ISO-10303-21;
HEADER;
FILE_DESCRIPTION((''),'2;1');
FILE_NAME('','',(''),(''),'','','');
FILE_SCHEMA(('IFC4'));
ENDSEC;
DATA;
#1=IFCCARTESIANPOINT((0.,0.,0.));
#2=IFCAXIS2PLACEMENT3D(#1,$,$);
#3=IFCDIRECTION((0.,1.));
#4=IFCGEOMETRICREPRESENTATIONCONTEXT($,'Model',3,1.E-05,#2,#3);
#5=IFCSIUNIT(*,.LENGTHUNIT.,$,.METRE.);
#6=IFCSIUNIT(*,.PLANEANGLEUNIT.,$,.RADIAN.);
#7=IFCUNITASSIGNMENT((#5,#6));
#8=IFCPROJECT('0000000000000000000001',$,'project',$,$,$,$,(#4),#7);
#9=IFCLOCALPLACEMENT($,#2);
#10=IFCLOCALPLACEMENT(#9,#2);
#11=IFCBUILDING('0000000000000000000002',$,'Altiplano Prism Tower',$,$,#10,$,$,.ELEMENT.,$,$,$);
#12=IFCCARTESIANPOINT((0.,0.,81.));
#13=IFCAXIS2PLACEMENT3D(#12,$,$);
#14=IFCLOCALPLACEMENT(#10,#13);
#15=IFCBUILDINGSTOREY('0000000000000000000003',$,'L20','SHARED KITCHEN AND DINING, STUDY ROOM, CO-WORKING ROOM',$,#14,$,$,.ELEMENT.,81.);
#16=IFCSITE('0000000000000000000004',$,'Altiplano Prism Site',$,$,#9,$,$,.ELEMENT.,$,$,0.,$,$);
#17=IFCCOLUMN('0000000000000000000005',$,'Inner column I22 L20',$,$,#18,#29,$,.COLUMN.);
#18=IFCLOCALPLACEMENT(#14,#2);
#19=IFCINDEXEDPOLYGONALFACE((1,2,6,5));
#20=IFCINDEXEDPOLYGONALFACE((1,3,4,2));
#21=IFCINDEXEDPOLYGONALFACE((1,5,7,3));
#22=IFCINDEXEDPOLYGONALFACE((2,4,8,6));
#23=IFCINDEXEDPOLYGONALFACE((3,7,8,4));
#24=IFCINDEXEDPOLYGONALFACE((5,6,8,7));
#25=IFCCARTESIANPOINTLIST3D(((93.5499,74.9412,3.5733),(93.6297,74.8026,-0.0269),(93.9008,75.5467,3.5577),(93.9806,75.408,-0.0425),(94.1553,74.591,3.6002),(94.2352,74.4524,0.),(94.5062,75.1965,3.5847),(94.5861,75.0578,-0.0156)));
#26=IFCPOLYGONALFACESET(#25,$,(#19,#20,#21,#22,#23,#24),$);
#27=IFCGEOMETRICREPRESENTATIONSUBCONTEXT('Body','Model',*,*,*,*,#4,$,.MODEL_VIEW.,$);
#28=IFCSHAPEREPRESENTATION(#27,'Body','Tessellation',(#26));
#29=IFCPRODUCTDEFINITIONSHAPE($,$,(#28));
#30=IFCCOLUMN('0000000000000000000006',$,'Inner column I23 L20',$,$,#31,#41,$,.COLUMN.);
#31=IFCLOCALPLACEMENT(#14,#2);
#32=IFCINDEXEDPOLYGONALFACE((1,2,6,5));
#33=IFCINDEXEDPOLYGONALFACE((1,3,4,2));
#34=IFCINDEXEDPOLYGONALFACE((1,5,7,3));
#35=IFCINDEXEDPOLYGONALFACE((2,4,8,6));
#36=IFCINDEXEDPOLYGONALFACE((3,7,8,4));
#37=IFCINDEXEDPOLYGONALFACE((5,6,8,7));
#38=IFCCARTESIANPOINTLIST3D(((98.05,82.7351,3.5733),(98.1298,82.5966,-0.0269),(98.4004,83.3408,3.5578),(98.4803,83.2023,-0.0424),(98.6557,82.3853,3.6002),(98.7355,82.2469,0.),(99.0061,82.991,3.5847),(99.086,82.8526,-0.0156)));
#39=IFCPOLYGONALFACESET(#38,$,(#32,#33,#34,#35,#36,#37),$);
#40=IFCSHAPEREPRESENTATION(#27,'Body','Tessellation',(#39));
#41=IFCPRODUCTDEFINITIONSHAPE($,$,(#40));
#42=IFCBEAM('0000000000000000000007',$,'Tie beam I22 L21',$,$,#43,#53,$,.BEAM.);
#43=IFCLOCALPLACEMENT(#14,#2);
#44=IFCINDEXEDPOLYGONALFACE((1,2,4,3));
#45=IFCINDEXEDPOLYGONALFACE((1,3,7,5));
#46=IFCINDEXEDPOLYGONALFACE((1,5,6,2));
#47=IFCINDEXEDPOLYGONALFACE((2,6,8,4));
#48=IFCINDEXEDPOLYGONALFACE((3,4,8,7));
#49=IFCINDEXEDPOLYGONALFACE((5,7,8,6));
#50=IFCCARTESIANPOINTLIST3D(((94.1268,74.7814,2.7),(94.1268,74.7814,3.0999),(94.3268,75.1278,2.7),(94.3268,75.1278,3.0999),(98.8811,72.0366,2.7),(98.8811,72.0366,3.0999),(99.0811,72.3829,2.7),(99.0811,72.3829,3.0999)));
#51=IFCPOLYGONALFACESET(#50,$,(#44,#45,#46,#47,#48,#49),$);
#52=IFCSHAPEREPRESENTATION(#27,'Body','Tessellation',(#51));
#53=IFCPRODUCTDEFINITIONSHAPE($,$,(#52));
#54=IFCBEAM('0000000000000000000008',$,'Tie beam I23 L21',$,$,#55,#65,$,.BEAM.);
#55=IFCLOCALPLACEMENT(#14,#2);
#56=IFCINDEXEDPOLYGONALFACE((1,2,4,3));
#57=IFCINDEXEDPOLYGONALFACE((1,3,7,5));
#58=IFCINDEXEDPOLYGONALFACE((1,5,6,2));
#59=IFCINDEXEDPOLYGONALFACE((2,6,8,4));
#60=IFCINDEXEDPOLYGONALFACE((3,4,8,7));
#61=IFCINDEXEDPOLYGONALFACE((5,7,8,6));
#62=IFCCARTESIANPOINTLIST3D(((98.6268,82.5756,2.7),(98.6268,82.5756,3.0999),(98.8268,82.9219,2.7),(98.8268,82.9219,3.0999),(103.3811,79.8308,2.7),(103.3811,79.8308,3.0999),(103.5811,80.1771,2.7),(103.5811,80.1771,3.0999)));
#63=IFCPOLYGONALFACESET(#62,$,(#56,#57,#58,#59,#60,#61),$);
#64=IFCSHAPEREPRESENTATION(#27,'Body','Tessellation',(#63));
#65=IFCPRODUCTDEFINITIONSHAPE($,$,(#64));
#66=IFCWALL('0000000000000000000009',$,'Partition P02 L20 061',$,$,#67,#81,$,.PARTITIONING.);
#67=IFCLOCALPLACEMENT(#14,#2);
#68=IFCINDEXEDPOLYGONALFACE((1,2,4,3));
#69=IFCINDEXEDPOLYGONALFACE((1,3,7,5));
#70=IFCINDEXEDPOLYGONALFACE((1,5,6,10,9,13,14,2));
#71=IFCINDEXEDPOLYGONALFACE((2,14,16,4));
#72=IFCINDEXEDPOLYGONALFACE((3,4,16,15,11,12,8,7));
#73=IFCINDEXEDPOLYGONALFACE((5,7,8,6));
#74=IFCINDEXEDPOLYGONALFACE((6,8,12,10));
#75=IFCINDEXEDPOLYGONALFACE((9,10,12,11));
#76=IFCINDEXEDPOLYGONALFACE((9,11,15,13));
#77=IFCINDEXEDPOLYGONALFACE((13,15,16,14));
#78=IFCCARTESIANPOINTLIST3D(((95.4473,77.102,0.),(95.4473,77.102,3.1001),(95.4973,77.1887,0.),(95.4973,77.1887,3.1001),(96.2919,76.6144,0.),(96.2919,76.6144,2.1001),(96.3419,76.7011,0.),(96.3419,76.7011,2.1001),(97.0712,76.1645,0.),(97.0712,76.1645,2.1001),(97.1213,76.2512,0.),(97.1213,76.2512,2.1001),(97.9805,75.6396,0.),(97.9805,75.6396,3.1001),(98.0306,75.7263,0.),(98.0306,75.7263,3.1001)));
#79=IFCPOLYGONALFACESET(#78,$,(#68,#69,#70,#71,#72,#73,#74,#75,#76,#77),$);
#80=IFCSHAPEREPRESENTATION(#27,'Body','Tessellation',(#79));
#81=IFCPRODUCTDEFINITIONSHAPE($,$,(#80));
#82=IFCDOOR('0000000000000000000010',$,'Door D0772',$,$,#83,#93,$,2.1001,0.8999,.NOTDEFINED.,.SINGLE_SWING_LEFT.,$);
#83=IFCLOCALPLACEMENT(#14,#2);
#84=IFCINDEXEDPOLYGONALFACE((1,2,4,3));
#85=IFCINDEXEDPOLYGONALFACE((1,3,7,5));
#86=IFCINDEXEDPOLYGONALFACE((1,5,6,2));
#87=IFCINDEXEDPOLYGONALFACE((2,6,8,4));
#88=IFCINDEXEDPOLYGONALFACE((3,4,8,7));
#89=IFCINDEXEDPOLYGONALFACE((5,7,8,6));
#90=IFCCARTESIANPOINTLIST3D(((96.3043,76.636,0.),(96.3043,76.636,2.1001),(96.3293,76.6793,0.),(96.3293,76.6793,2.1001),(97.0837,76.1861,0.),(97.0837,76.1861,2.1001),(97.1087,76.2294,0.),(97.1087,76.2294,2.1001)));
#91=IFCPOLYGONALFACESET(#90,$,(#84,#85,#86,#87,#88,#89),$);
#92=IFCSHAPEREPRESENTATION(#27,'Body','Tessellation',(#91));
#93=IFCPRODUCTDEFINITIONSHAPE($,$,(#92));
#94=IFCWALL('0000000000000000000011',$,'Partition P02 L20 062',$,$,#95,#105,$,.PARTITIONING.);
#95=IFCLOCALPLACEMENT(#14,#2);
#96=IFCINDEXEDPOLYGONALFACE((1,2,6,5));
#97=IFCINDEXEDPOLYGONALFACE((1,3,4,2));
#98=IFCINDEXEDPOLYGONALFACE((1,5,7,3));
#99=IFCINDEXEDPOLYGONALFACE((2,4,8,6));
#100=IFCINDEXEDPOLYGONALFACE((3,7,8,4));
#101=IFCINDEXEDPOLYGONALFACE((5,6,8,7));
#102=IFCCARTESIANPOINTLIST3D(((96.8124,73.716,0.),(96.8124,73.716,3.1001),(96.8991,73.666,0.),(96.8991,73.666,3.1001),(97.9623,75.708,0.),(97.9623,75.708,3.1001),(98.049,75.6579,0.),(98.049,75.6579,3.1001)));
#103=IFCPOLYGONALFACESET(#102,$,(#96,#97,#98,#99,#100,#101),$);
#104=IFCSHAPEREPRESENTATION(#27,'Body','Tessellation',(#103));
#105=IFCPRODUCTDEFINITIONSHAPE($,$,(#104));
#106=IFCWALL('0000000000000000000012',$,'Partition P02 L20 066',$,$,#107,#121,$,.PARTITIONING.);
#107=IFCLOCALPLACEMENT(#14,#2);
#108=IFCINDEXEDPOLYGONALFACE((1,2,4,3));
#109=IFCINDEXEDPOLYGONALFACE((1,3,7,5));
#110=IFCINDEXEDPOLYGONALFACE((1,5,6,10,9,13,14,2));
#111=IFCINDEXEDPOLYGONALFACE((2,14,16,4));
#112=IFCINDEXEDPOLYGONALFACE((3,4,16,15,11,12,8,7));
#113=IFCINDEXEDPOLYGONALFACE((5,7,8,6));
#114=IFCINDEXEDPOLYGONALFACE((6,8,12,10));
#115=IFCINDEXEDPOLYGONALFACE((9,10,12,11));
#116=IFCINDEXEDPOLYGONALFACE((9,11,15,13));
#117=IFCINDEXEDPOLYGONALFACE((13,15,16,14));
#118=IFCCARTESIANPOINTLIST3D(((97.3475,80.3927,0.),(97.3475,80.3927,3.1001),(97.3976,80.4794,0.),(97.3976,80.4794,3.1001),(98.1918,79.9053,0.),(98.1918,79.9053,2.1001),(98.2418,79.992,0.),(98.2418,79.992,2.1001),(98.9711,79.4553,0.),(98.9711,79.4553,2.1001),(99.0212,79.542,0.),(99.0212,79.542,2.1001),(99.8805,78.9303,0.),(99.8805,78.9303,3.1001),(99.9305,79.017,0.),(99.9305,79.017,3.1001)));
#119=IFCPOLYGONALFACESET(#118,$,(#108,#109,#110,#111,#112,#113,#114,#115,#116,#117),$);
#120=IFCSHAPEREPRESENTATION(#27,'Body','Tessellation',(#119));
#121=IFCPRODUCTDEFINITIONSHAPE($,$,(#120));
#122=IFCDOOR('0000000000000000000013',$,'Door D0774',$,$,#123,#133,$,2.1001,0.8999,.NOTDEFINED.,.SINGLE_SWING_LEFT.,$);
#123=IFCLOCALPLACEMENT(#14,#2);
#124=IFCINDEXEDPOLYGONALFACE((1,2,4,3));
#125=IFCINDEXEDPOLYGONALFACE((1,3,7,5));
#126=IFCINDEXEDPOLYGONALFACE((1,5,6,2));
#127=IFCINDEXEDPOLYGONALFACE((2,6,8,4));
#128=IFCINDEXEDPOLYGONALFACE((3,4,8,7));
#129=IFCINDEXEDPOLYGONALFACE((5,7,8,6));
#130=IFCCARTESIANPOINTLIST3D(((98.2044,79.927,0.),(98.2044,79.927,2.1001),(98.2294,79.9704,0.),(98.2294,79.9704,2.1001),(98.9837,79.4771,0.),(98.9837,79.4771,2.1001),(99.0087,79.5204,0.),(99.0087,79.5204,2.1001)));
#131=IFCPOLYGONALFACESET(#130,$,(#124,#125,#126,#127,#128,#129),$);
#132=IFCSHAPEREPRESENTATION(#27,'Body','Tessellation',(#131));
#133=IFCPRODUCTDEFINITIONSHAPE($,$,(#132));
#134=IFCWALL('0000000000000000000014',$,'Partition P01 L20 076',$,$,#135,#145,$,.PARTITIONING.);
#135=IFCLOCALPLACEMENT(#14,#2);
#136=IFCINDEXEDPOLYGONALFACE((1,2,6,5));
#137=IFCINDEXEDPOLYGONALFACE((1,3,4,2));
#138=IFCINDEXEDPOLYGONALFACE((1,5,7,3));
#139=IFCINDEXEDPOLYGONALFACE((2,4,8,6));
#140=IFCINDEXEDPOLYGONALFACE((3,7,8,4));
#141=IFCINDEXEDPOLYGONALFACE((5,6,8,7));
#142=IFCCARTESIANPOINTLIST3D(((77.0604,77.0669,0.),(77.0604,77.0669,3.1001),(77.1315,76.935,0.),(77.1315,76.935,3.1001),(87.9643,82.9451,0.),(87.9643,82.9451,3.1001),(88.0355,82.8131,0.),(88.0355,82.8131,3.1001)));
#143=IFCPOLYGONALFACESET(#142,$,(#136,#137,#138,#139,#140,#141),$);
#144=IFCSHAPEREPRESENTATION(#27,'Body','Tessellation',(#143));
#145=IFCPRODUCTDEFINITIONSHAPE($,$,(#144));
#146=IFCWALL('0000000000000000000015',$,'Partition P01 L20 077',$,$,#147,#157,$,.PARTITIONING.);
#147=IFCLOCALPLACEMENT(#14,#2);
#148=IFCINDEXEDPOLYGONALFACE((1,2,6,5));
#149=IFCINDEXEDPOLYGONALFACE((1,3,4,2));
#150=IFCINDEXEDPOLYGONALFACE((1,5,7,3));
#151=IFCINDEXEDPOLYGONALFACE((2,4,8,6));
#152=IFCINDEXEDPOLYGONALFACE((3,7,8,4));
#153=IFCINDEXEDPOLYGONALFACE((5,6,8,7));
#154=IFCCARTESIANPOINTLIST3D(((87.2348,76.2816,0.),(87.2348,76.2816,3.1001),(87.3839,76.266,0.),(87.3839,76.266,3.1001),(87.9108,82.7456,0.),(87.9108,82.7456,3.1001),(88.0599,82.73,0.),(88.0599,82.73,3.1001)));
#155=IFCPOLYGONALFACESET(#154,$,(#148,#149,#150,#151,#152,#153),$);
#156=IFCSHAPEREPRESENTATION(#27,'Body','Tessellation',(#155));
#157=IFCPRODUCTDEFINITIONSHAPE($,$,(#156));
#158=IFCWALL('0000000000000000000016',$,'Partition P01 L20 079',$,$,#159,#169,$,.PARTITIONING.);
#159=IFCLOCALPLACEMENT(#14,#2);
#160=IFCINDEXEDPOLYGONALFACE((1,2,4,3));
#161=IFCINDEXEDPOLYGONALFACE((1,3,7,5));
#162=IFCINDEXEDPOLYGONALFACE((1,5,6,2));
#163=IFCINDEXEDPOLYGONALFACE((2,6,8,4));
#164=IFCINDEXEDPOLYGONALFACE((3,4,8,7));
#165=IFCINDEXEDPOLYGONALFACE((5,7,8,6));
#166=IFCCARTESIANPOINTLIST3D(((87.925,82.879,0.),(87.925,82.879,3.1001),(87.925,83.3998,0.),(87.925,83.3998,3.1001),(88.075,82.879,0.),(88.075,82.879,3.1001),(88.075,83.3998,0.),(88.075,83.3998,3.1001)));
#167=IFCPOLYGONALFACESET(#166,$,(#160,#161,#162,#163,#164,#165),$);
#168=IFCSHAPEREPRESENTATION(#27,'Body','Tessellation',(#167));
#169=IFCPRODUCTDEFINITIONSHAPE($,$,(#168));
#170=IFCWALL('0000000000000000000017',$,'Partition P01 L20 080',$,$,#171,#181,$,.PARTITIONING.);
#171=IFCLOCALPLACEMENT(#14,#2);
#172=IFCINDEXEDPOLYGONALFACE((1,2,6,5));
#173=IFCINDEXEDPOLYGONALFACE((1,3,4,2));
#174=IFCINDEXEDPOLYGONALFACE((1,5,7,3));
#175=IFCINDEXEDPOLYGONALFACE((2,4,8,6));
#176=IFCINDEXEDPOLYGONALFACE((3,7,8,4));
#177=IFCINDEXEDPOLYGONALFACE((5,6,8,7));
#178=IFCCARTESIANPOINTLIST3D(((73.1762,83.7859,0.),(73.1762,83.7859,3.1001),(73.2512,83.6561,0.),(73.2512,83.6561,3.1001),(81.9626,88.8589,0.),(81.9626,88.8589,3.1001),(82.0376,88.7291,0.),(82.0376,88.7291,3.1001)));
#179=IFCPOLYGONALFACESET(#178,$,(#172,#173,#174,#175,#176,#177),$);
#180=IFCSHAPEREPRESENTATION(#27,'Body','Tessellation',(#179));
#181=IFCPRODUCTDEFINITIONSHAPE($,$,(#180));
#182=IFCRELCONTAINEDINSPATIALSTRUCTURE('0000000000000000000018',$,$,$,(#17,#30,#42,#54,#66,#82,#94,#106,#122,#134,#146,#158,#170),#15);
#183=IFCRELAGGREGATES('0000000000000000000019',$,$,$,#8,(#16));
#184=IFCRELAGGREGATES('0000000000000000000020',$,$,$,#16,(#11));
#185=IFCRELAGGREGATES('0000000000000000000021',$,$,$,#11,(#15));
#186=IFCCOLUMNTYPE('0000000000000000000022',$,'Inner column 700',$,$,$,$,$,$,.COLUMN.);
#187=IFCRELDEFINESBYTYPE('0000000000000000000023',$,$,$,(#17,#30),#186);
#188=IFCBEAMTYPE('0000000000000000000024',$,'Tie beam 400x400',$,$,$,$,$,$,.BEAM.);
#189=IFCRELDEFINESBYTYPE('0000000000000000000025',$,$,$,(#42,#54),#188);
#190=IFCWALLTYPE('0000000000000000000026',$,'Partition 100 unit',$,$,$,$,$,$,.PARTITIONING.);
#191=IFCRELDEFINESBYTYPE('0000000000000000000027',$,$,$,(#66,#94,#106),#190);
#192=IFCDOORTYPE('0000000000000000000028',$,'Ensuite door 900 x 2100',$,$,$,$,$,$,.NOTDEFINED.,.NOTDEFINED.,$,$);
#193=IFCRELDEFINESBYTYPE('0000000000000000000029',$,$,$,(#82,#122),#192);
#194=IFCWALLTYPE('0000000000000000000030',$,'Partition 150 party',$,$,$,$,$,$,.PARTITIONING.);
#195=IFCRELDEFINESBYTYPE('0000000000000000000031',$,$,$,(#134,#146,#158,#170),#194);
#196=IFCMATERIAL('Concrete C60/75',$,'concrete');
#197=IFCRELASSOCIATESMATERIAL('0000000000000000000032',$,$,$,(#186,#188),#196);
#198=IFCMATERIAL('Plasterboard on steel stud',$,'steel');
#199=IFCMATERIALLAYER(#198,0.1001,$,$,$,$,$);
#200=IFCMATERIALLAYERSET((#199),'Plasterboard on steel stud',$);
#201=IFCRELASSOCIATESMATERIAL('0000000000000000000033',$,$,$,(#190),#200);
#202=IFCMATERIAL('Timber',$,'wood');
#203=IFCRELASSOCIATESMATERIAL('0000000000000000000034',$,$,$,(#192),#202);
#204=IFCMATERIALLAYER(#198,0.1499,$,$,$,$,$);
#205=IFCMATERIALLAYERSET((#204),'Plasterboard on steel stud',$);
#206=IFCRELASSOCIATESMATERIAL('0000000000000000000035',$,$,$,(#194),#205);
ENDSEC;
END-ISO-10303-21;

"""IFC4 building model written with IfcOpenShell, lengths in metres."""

from ifc_helpers import new_model, si_unit, direction, frame, frame_2d, origin, origin_2d, place, context, subcontext, project, spatial, rectangle, extrude, material, layer, layer_set, material_profile, profile_set, type_object, element, fill, save


model = new_model("IFC4")

# Units and contexts
model_context = context("Model", 3, precision=1e-05, world=origin(), true_north=direction((0.0, 1.0)))
body_context = subcontext(model_context, "Body", "Model", "MODEL_VIEW")
ifc_project = project(units=[si_unit("LENGTHUNIT", "METRE"), si_unit("PLANEANGLEUNIT", "RADIAN")], contexts=[model_context])

# Site, building, storey
site_placement = place(None, origin())
site = spatial("IfcSite", under=ifc_project, at=site_placement, Name="Altiplano Prism Site", CompositionType="ELEMENT", RefElevation=0.0)
building_placement = place(site_placement, origin())
building = spatial("IfcBuilding", under=site, at=building_placement, Name="Altiplano Prism Tower", CompositionType="ELEMENT")
storey_placement = place(building_placement, frame((0.0, 0.0, 81.0)))
storey = spatial("IfcBuildingStorey", under=building, at=storey_placement, Name="L20", Description="SHARED KITCHEN AND DINING, STUDY ROOM, CO-WORKING ROOM", CompositionType="ELEMENT", Elevation=81.0)

# Columns
ifc_material_1 = material(Name="Concrete C60/75", Category="concrete")
ifc_material_profile_1 = material_profile(ifc_material_1, rectangle(XDim=0.7, YDim=0.7, at=origin_2d()), Name="Inner column 700")
ifc_profile_set_1 = profile_set([ifc_material_profile_1], Name="Concrete C60/75")
column_type = type_object("IfcColumnType", Name="Inner column 700", PredefinedType="COLUMN", material=ifc_profile_set_1)
for number, where, z_axis, x_axis, name in (
    (1, (94.1079, 74.9302, -0.0212), (-0.022154, 0.038481, 0.999014), (-0.501313, -0.864981, 0.022201), "Inner column I22 L20"),
    (2, (98.6079, 82.7246, -0.0212), (-0.022154, 0.038413, 0.999016), (-0.500657, -0.865362, 0.022172), "Inner column I23 L20"),
):
    element("IfcColumn", number, at=place(storey_placement, frame(where, z_axis=z_axis, x_axis=x_axis)), inside=storey, type_object=column_type, Name=name, PredefinedType="COLUMN", context=body_context, shape_type="SweptSolid", body=[
        extrude(rectangle(XDim=0.7, YDim=0.7, at=origin_2d()), origin(), (0.0, 0.0, 1.0), 3.6038),
    ])

# Beams
ifc_material_profile_2 = material_profile(ifc_material_1, rectangle(XDim=0.3999, YDim=0.3999, at=origin_2d()), Name="Tie beam 400x400")
ifc_profile_set_2 = profile_set([ifc_material_profile_2], Name="Concrete C60/75")
beam_type = type_object("IfcBeamType", Name="Tie beam 400x400", PredefinedType="BEAM", material=ifc_profile_set_2)
for number, where, z_axis, x_axis, name in (
    (3, (94.2268, 74.9546, 2.8999), (0.866032, -0.499989, 0.0), (0.499989, 0.866032, 0.0), "Tie beam I22 L21"),
    (4, (98.7268, 82.7488, 2.8999), (0.866032, -0.499989, 0.0), (0.499989, 0.866032, 0.0), "Tie beam I23 L21"),
):
    element("IfcBeam", number, at=place(storey_placement, frame(where, z_axis=z_axis, x_axis=x_axis)), inside=storey, type_object=beam_type, Name=name, PredefinedType="BEAM", context=body_context, shape_type="SweptSolid", body=[
        extrude(rectangle(XDim=0.3999, YDim=0.3999, at=origin_2d()), origin(), (0.0, 0.0, 1.0), 5.4897),
    ])

# Wall, opening, door
ifc_material_2 = material(Name="Plasterboard on steel stud", Category="steel")
ifc_layer_1 = layer(ifc_material_2, 0.1001)
ifc_layer_set_1 = layer_set([ifc_layer_1], Name="Plasterboard on steel stud")
wall_type_1 = type_object("IfcWallType", Name="Partition 100 unit", PredefinedType="PARTITIONING", material=ifc_layer_set_1)
wall_1_placement = place(storey_placement, frame((95.4724, 77.1453, 0.0), z_axis=(0.0, 0.0, 1.0), x_axis=(0.866047, -0.499963, 0.0)))
wall_1 = element("IfcWall", 5, at=wall_1_placement, inside=storey, type_object=wall_type_1, Name="Partition P02 L20 061", PredefinedType="PARTITIONING", context=body_context, shape_type="SweptSolid", body=[
    extrude(rectangle(XDim=2.925, YDim=0.1001, at=frame_2d((1.4624, 0.0))), origin(), (0.0, 0.0, 1.0), 3.1001),
])
opening_1_placement = place(wall_1_placement, frame((0.9751, 0.0, 0.0)))
opening_1 = element("IfcOpeningElement", 6, at=opening_1_placement, cuts=wall_1, PredefinedType="OPENING", context=body_context, shape_type="SweptSolid", body=[
    extrude(rectangle(XDim=0.8999, YDim=2.1001, at=frame_2d((0.45, 1.05))), frame((0.0, 0.0605, 0.0), z_axis=(0.0, -1.0, 0.0), x_axis=(1.0, 0.0, 0.0)), (0.0, 0.0, 1.0), 0.1211),
])
ifc_material_3 = material(Name="Timber", Category="wood")
door_type = type_object("IfcDoorType", Name="Ensuite door 900 x 2100", OperationType="NOTDEFINED", PredefinedType="NOTDEFINED", material=ifc_material_3)
door_1_placement = place(opening_1_placement, origin())
door_1 = element("IfcDoor", 7, at=door_1_placement, inside=storey, type_object=door_type, Name="Door D0772", OperationType="SINGLE_SWING_LEFT", OverallHeight=2.1001, OverallWidth=0.8999, PredefinedType="NOTDEFINED", context=body_context, shape_type="SweptSolid", body=[
    extrude(rectangle(XDim=0.8999, YDim=2.1001, at=frame_2d((0.45, 1.05))), frame((0.0, 0.0249, 0.0), z_axis=(0.0, -1.0, 0.0), x_axis=(1.0, 0.0, 0.0)), (0.0, 0.0, 1.0), 0.05),
])
fill(opening_1, door_1)

# Wall
wall_2_placement = place(storey_placement, frame((98.0056, 75.6829, 0.0), z_axis=(0.0, 0.0, 1.0), x_axis=(-0.499952, -0.866053, 0.0)))
element("IfcWall", 8, at=wall_2_placement, inside=storey, type_object=wall_type_1, Name="Partition P02 L20 062", PredefinedType="PARTITIONING", context=body_context, shape_type="SweptSolid", body=[
    extrude(rectangle(XDim=2.3, YDim=0.1001, at=frame_2d((1.1499, 0.0))), origin(), (0.0, 0.0, 1.0), 3.1001),
])

# Wall, opening, door
wall_3_placement = place(storey_placement, frame((99.9055, 78.9736, 0.0), z_axis=(0.0, 0.0, 1.0), x_axis=(-0.866026, 0.499999, 0.0)))
wall_3 = element("IfcWall", 9, at=wall_3_placement, inside=storey, type_object=wall_type_1, Name="Partition P02 L20 066", PredefinedType="PARTITIONING", context=body_context, shape_type="SweptSolid", body=[
    extrude(rectangle(XDim=2.9248, YDim=0.1001, at=frame_2d((1.4624, 0.0))), origin(), (0.0, 0.0, 1.0), 3.1001),
])
opening_2_placement = place(wall_3_placement, frame((1.05, 0.0, 0.0)))
opening_2 = element("IfcOpeningElement", 10, at=opening_2_placement, cuts=wall_3, PredefinedType="OPENING", context=body_context, shape_type="SweptSolid", body=[
    extrude(rectangle(XDim=0.8999, YDim=2.1001, at=frame_2d((0.45, 1.05))), frame((0.0, 0.0605, 0.0), z_axis=(0.0, -1.0, 0.0), x_axis=(1.0, 0.0, 0.0)), (0.0, 0.0, 1.0), 0.1211),
])
door_2_placement = place(opening_2_placement, origin())
door_2 = element("IfcDoor", 11, at=door_2_placement, inside=storey, type_object=door_type, Name="Door D0774", OperationType="SINGLE_SWING_LEFT", OverallHeight=2.1001, OverallWidth=0.8999, PredefinedType="NOTDEFINED", context=body_context, shape_type="SweptSolid", body=[
    extrude(rectangle(XDim=0.8999, YDim=2.1001, at=frame_2d((0.45, 1.05))), frame((0.0, 0.0249, 0.0), z_axis=(0.0, -1.0, 0.0), x_axis=(1.0, 0.0, 0.0)), (0.0, 0.0, 1.0), 0.05),
])
fill(opening_2, door_2)

# Walls
ifc_layer_2 = layer(ifc_material_2, 0.1499)
ifc_layer_set_2 = layer_set([ifc_layer_2], Name="Plasterboard on steel stud")
wall_type_2 = type_object("IfcWallType", Name="Partition 150 party", PredefinedType="PARTITIONING", material=ifc_layer_set_2)
wall_4_placement = place(storey_placement, frame((88.0, 82.8792, 0.0), z_axis=(0.0, 0.0, 1.0), x_axis=(-0.880243, -0.474523, 0.0)))
element("IfcWall", 12, at=wall_4_placement, inside=storey, type_object=wall_type_2, Name="Partition P01 L20 076", PredefinedType="PARTITIONING", context=body_context, shape_type="SweptSolid", body=[
    extrude(rectangle(XDim=12.3875, YDim=0.1499, at=frame_2d((6.1938, 0.0))), origin(), (0.0, 0.0, 1.0), 3.1001),
])
wall_5_placement = place(storey_placement, frame((87.3093, 76.2739, 0.0), z_axis=(0.0, 0.0, 1.0), x_axis=(0.104014, 0.994576, 0.0)))
element("IfcWall", 13, at=wall_5_placement, inside=storey, type_object=wall_type_2, Name="Partition P01 L20 077", PredefinedType="PARTITIONING", context=body_context, shape_type="SweptSolid", body=[
    extrude(rectangle(XDim=6.4993, YDim=0.1499, at=frame_2d((3.2495, 0.0))), origin(), (0.0, 0.0, 1.0), 3.1001),
])
wall_6_placement = place(storey_placement, frame((88.0, 82.8792, 0.0), z_axis=(0.0, 0.0, 1.0), x_axis=(0.0, 1.0, 0.0)))
element("IfcWall", 14, at=wall_6_placement, inside=storey, type_object=wall_type_2, Name="Partition P01 L20 079", PredefinedType="PARTITIONING", context=body_context, shape_type="SweptSolid", body=[
    extrude(rectangle(XDim=0.5208, YDim=0.1499, at=frame_2d((0.2603, 0.0))), origin(), (0.0, 0.0, 1.0), 3.1001),
])
wall_7_placement = place(storey_placement, frame((82.0, 88.7939, 0.0), z_axis=(0.0, 0.0, 1.0), x_axis=(-0.866018, -0.500013, 0.0)))
element("IfcWall", 15, at=wall_7_placement, inside=storey, type_object=wall_type_2, Name="Partition P01 L20 080", PredefinedType="PARTITIONING", context=body_context, shape_type="SweptSolid", body=[
    extrude(rectangle(XDim=10.1458, YDim=0.1499, at=frame_2d((5.0728, 0.0))), origin(), (0.0, 0.0, 1.0), 3.1001),
])

save(model, "model.ifc")
